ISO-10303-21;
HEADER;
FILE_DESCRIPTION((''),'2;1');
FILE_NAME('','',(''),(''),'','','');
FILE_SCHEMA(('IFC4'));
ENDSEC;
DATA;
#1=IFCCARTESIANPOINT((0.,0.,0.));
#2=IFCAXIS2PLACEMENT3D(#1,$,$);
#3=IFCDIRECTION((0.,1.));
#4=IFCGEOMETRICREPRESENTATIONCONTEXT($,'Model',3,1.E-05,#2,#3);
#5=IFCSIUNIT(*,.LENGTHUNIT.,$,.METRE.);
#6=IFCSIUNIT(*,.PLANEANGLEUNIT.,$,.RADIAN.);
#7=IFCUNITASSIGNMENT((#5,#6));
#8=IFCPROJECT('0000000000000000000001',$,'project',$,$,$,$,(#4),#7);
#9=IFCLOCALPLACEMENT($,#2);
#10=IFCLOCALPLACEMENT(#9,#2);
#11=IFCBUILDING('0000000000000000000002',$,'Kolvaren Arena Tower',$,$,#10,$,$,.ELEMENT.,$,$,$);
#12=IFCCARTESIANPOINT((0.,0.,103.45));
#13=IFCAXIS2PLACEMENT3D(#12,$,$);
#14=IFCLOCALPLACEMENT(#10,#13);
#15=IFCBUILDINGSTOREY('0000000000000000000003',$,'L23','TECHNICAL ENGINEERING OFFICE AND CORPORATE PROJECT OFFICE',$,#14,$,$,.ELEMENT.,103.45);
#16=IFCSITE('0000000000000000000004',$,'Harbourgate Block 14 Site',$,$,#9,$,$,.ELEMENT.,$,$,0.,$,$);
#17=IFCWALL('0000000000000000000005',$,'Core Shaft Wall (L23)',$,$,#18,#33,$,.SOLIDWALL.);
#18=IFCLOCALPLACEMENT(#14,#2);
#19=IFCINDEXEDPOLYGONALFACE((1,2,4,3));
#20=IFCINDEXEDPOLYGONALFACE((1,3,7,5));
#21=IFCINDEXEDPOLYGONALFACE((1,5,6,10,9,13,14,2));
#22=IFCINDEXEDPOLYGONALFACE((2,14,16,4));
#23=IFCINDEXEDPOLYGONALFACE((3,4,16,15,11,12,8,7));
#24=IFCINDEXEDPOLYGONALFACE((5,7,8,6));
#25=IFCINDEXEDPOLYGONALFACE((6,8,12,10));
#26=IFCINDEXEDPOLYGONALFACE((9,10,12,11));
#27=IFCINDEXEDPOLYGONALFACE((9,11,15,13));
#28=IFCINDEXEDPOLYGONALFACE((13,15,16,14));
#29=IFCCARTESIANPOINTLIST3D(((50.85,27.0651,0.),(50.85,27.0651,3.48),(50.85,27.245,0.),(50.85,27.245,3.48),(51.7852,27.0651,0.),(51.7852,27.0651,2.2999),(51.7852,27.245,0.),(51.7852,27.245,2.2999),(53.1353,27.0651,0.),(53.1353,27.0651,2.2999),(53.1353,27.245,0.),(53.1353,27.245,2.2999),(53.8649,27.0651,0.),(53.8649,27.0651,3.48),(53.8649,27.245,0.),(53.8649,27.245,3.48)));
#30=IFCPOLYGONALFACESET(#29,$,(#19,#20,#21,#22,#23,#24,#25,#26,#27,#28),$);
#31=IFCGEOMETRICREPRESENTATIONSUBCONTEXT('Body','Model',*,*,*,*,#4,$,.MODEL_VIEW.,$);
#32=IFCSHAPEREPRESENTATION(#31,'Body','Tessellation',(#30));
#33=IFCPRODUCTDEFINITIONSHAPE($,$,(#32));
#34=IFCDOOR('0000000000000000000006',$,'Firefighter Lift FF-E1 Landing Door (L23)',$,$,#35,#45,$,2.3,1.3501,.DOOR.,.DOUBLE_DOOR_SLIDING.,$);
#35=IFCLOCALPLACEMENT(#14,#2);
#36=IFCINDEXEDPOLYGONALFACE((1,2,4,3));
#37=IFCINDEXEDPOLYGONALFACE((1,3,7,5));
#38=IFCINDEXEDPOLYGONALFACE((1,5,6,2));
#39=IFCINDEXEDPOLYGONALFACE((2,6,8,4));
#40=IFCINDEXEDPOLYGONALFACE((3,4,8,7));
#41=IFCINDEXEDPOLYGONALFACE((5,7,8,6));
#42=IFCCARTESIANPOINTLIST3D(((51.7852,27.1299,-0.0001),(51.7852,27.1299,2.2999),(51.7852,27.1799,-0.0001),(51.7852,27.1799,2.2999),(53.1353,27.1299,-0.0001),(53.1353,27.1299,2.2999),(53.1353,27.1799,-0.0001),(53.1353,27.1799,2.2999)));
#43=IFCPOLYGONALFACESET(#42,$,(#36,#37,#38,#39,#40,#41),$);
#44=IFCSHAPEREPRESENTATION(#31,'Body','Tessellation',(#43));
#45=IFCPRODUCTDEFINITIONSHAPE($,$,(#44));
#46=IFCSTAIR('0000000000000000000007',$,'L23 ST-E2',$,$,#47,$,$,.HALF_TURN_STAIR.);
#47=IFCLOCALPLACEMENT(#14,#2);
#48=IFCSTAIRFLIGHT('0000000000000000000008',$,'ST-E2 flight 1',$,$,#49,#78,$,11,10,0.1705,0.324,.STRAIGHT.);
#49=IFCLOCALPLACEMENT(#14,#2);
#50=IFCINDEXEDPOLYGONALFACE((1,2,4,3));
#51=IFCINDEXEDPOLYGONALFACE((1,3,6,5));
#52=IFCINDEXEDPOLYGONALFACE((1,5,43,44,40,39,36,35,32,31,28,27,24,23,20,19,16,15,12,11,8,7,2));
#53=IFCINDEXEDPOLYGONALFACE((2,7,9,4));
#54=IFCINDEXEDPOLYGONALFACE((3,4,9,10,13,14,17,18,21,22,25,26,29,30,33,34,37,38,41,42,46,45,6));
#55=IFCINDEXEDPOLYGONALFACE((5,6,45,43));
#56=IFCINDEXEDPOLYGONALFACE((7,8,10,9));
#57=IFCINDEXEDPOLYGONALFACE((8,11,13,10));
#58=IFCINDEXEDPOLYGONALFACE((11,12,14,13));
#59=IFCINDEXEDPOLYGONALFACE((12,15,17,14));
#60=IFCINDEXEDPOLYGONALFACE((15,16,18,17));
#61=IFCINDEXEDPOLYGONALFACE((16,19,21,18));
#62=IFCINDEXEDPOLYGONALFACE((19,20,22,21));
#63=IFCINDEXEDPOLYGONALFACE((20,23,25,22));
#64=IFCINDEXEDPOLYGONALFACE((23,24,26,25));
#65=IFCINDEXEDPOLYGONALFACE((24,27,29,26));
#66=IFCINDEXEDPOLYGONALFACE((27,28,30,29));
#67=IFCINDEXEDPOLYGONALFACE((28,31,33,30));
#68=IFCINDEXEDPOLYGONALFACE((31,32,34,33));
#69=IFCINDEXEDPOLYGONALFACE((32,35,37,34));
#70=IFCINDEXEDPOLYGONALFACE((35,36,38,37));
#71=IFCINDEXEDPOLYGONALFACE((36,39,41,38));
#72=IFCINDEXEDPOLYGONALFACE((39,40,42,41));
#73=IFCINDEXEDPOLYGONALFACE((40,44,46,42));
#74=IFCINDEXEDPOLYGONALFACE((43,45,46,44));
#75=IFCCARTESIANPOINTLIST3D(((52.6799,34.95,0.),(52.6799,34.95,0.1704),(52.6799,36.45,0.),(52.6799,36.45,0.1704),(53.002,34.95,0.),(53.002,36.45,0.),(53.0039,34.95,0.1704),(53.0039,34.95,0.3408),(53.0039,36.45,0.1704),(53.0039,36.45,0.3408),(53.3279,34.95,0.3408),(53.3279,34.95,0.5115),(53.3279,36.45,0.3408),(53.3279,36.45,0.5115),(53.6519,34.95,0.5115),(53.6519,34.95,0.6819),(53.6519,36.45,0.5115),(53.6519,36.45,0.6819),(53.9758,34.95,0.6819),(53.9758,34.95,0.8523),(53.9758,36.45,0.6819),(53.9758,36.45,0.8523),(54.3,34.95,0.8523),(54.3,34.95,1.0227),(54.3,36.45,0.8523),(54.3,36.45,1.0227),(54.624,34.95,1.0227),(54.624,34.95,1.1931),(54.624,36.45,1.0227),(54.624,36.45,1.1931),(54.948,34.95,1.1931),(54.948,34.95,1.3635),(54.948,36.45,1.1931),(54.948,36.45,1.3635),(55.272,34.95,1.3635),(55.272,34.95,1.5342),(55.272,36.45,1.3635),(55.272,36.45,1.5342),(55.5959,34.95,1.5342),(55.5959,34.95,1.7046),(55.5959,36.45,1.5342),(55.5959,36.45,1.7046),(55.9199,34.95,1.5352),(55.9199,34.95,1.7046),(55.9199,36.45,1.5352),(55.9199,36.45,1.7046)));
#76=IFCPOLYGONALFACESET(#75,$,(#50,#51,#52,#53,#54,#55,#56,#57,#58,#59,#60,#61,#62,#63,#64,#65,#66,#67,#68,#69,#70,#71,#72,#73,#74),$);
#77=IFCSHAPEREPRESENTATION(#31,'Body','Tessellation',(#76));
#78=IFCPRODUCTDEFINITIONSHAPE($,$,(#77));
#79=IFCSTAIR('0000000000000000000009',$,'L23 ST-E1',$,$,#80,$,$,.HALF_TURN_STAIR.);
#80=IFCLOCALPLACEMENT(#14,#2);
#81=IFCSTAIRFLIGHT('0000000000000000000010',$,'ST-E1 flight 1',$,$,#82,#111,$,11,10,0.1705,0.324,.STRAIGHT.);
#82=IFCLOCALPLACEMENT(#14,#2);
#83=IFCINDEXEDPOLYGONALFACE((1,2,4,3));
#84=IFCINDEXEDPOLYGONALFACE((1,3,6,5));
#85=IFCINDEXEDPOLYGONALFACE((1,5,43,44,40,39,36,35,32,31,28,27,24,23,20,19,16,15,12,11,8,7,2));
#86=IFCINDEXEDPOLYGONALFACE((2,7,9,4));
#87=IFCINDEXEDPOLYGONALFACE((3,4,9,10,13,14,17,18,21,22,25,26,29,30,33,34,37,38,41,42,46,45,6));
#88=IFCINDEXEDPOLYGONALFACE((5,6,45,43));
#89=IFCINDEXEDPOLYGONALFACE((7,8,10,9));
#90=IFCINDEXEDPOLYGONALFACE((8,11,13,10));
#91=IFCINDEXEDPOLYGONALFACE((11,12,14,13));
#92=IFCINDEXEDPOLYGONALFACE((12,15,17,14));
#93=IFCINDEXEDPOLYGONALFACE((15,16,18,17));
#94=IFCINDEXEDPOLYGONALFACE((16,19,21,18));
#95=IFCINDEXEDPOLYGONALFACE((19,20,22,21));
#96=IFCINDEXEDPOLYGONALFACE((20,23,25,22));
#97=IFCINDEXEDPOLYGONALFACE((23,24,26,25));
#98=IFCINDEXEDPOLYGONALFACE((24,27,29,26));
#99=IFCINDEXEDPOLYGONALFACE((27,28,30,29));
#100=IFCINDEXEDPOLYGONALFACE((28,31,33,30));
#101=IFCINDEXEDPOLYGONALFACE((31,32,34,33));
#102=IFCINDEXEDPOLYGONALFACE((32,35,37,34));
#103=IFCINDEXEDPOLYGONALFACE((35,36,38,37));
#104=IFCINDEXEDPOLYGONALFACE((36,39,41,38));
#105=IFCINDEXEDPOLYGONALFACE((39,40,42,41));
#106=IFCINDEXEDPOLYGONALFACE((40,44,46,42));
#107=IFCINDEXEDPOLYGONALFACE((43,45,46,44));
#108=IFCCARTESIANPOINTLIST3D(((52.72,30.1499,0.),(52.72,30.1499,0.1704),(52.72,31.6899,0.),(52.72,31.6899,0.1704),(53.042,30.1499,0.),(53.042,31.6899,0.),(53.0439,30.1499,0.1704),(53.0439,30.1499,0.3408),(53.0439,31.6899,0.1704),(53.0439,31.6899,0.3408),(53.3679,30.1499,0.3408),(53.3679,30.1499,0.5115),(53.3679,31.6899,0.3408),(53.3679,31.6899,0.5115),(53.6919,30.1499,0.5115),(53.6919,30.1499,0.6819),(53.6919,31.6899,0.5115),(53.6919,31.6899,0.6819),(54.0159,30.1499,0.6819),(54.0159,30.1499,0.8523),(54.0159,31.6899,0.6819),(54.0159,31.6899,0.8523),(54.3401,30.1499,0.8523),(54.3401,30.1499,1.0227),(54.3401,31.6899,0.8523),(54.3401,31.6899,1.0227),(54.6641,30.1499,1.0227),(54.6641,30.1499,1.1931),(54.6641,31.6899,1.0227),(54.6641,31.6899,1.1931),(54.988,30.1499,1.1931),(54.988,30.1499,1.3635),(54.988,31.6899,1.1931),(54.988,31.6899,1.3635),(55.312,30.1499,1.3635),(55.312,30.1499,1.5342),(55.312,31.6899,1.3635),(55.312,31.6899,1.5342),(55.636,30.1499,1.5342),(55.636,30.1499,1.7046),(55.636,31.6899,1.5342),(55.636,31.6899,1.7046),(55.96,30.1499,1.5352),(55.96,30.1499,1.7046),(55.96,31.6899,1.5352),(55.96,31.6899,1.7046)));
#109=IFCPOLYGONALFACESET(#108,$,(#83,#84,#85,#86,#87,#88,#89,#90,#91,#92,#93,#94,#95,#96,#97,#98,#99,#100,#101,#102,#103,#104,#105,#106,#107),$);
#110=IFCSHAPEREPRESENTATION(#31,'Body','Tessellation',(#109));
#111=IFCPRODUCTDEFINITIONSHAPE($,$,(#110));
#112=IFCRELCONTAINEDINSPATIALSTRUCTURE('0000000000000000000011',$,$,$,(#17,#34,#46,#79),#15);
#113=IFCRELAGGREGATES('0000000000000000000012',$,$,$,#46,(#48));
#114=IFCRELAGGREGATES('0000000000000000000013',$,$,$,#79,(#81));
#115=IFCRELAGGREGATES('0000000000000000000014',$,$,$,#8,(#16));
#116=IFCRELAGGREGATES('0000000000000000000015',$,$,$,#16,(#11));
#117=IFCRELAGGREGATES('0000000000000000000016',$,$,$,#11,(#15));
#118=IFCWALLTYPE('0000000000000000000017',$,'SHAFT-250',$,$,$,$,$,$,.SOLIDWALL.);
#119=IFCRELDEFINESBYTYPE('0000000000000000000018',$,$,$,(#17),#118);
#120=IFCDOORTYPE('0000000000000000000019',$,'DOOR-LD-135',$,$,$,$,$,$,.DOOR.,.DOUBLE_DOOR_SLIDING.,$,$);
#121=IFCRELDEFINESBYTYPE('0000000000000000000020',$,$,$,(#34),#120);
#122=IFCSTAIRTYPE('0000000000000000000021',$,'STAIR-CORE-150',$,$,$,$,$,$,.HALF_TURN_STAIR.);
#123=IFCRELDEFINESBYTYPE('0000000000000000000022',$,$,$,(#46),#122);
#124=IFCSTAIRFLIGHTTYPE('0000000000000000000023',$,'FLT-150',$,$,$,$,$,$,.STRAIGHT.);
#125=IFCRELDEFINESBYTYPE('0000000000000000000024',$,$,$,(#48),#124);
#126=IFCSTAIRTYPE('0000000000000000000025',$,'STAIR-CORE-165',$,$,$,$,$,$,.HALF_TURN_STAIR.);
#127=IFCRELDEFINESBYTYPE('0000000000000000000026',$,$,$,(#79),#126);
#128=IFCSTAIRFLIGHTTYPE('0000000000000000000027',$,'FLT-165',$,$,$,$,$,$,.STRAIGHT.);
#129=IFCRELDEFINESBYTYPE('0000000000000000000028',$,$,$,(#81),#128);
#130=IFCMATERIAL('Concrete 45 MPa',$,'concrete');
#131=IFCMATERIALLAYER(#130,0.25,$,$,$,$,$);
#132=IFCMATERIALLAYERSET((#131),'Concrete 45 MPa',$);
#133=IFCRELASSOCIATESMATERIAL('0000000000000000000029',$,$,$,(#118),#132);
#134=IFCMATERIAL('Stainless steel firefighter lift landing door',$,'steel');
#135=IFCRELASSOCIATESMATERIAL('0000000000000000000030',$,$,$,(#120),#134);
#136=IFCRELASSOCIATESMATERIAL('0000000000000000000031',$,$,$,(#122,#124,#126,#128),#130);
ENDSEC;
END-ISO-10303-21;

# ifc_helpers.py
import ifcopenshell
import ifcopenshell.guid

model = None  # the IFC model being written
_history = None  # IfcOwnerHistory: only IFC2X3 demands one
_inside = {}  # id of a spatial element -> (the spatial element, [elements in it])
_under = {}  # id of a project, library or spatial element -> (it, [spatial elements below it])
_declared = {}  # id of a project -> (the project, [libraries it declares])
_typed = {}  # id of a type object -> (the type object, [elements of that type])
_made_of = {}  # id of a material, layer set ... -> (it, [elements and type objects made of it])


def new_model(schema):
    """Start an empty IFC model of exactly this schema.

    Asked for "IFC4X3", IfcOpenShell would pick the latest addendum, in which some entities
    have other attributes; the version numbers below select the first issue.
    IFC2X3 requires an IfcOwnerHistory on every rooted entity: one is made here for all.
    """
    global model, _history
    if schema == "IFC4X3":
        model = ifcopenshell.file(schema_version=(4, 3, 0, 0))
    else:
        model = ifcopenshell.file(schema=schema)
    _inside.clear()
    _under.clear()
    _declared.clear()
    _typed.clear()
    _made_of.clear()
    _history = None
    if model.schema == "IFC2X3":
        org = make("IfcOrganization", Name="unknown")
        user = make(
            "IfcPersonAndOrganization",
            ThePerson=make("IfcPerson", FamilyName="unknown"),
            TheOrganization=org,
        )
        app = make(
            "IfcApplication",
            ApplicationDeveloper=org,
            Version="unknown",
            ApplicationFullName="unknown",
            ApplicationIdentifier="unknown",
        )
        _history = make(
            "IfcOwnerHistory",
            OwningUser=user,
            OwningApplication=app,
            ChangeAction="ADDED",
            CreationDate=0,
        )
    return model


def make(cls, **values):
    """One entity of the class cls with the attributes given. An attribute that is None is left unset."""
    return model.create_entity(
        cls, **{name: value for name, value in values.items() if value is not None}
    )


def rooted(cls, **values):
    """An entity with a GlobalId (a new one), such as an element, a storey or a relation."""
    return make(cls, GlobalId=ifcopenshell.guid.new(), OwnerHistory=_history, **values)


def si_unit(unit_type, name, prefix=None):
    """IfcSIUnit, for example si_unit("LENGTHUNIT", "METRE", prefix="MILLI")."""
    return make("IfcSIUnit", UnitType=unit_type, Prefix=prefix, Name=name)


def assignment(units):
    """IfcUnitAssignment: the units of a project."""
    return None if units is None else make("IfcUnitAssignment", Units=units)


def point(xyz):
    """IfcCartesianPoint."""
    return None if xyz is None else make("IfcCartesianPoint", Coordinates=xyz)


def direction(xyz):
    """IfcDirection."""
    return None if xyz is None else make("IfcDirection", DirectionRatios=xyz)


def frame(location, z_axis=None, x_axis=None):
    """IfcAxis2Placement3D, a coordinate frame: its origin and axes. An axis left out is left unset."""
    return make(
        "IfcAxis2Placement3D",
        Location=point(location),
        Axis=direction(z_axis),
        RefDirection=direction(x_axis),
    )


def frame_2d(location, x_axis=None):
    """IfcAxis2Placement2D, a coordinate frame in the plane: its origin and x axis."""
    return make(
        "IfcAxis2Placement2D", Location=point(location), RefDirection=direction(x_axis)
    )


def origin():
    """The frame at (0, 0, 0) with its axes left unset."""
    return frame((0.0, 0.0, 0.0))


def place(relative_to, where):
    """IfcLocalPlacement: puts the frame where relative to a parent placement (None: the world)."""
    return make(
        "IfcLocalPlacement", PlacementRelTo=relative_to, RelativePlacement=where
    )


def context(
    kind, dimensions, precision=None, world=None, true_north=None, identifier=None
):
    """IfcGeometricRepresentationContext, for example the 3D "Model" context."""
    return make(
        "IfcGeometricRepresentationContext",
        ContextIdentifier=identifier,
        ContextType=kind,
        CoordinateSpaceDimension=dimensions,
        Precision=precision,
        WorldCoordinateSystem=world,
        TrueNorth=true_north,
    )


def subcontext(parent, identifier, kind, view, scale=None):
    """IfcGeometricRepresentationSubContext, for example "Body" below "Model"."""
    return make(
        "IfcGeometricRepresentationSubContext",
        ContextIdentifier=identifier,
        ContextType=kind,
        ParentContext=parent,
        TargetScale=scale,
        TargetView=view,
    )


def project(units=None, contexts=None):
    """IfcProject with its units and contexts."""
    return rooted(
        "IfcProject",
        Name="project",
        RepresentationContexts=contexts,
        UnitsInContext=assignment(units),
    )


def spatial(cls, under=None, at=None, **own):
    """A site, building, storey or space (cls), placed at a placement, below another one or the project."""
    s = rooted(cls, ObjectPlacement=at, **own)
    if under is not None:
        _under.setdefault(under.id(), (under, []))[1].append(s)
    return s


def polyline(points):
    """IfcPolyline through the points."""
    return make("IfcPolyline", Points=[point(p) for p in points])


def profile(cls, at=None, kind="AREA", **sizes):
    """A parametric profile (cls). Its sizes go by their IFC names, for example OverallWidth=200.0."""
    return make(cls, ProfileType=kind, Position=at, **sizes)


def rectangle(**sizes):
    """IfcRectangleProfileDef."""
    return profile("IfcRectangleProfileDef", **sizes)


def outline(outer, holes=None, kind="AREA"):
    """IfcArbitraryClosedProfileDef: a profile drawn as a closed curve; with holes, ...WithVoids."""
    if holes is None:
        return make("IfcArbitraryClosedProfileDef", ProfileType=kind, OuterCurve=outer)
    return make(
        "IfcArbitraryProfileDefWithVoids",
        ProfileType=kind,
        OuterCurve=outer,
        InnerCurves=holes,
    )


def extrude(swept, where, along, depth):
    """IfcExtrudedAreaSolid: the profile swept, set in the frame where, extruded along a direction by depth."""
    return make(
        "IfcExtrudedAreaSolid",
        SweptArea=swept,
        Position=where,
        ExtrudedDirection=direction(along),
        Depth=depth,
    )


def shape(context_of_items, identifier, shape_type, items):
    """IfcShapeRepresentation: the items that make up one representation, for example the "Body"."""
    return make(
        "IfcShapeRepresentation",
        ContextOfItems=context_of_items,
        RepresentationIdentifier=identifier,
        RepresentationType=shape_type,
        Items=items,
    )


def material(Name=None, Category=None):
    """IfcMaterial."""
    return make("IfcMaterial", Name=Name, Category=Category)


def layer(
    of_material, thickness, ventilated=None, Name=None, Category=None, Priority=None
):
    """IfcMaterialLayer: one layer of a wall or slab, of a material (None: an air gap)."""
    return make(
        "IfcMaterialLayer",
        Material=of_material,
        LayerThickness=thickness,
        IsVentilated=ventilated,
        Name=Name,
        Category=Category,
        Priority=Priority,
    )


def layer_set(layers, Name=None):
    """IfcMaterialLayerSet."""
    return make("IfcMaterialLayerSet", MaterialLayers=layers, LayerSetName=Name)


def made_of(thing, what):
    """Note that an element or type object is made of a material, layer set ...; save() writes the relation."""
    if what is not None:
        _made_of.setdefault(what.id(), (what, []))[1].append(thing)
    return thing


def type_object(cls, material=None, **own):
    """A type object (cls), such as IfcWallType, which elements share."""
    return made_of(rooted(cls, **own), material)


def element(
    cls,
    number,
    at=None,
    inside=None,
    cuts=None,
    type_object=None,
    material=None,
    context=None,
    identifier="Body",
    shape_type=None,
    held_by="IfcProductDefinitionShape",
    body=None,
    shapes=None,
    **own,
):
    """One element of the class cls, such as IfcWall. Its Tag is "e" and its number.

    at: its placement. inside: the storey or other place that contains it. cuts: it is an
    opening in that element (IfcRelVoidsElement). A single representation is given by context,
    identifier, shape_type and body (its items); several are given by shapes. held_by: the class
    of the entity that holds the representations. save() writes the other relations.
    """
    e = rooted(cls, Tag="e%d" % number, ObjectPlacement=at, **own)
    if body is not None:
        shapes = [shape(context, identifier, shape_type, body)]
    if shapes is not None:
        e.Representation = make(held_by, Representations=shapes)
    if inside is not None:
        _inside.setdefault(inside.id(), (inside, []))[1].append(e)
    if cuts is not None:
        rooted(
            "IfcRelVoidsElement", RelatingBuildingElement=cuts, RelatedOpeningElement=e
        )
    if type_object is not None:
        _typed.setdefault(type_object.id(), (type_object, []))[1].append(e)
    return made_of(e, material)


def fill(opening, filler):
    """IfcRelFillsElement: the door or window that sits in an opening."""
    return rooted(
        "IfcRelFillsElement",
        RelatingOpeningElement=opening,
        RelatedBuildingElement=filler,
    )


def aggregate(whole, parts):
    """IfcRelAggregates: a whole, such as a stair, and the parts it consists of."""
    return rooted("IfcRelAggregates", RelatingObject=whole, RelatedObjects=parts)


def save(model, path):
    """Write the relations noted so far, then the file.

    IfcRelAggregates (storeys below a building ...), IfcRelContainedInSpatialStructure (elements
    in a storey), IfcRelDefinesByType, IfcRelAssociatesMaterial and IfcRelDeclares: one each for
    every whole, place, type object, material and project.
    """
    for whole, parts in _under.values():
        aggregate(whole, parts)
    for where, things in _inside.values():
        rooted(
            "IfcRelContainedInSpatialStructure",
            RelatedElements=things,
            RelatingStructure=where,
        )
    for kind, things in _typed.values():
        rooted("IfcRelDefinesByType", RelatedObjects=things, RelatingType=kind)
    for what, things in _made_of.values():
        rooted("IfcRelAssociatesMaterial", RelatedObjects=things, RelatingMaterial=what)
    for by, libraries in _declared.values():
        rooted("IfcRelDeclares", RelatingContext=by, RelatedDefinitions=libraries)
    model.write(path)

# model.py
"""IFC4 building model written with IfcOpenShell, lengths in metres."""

from ifc_helpers import new_model, si_unit, direction, frame, frame_2d, origin, place, context, subcontext, project, spatial, polyline, rectangle, outline, extrude, material, layer, layer_set, type_object, element, fill, aggregate, save


model = new_model("IFC4")

# Units and contexts
model_context = context("Model", 3, precision=1e-05, world=origin(), true_north=direction((0.0, 1.0)))
body_context = subcontext(model_context, "Body", "Model", "MODEL_VIEW")
ifc_project = project(units=[si_unit("LENGTHUNIT", "METRE"), si_unit("PLANEANGLEUNIT", "RADIAN")], contexts=[model_context])

# Site, building, storey
site_placement = place(None, origin())
site = spatial("IfcSite", under=ifc_project, at=site_placement, Name="Harbourgate Block 14 Site", CompositionType="ELEMENT", RefElevation=0.0)
building_placement = place(site_placement, origin())
building = spatial("IfcBuilding", under=site, at=building_placement, Name="Kolvaren Arena Tower", CompositionType="ELEMENT")
storey_placement = place(building_placement, frame((0.0, 0.0, 103.45)))
storey = spatial("IfcBuildingStorey", under=building, at=storey_placement, Name="L23", Description="TECHNICAL ENGINEERING OFFICE AND CORPORATE PROJECT OFFICE", CompositionType="ELEMENT", Elevation=103.45)

# Shared definitions
ifc_material_1 = material(Name="Concrete 45 MPa", Category="concrete")
ifc_layer_1 = layer(ifc_material_1, 0.25)
ifc_layer_set_1 = layer_set([ifc_layer_1], Name="Concrete 45 MPa")
wall_type_1 = type_object("IfcWallType", Name="SHAFT-250", PredefinedType="SOLIDWALL", material=ifc_layer_set_1)

# Wall, opening, door
wall_1_placement = place(storey_placement, frame((50.8501, 27.155, 0.0), z_axis=(0.0, 0.0, 1.0), x_axis=(1.0, 0.0, 0.0)))
wall_1 = element("IfcWall", 1, at=wall_1_placement, inside=storey, type_object=wall_type_1, Name="Core Shaft Wall (L23)", PredefinedType="SOLIDWALL", context=body_context, shape_type="SweptSolid", body=[
    extrude(rectangle(XDim=3.0149, YDim=0.1799, at=frame_2d((1.5073, 0.0))), origin(), (0.0, 0.0, 1.0), 3.48),
])
opening_placement = place(wall_1_placement, frame((0.9351, 0.0, 0.0)))
opening = element("IfcOpeningElement", 2, at=opening_placement, cuts=wall_1, PredefinedType="OPENING", context=body_context, shape_type="SweptSolid", body=[
    extrude(rectangle(XDim=1.3501, YDim=2.3, at=frame_2d((0.675, 1.1499))), frame((0.0, 0.0999, 0.0), z_axis=(0.0, -1.0, 0.0), x_axis=(1.0, 0.0, 0.0)), (0.0, 0.0, 1.0), 0.2),
])
ifc_material_2 = material(Name="Stainless steel firefighter lift landing door", Category="steel")
door_type = type_object("IfcDoorType", Name="DOOR-LD-135", OperationType="DOUBLE_DOOR_SLIDING", PredefinedType="DOOR", material=ifc_material_2)
door_placement = place(opening_placement, origin())
door = element("IfcDoor", 3, at=door_placement, inside=storey, type_object=door_type, Name="Firefighter Lift FF-E1 Landing Door (L23)", OperationType="DOUBLE_DOOR_SLIDING", OverallHeight=2.3, OverallWidth=1.3501, PredefinedType="DOOR", context=body_context, shape_type="SweptSolid", body=[
    extrude(rectangle(XDim=1.3501, YDim=2.3, at=frame_2d((0.675, 1.1499))), frame((0.0, 0.0249, 0.0), z_axis=(0.0, -1.0, 0.0), x_axis=(1.0, 0.0, 0.0)), (0.0, 0.0, 1.0), 0.05),
])
fill(opening, door)

# Stairs, stair flights
stair_type_1 = type_object("IfcStairType", Name="STAIR-CORE-150", PredefinedType="HALF_TURN_STAIR", material=ifc_material_1)
stair_1_placement = place(storey_placement, origin())
stair_1 = element("IfcStair", 4, at=stair_1_placement, inside=storey, type_object=stair_type_1, Name="L23 ST-E2", PredefinedType="HALF_TURN_STAIR")
stair_flight_type_1 = type_object("IfcStairFlightType", Name="FLT-150", PredefinedType="STRAIGHT", material=ifc_material_1)
stair_flight_1_placement = place(storey_placement, frame((52.6799, 35.7, 0.0), z_axis=(0.0, 0.0, 1.0), x_axis=(1.0, 0.0, 0.0)))
stair_flight_1 = element("IfcStairFlight", 5, at=stair_flight_1_placement, type_object=stair_flight_type_1, Name="ST-E2 flight 1", NumberOfRisers=11, NumberOfTreads=10, PredefinedType="STRAIGHT", RiserHeight=0.1705, TreadLength=0.324, context=body_context, shape_type="SweptSolid", body=[
    extrude(outline(polyline([(0.0, 0.0), (0.0, 0.1704), (0.324, 0.1704), (0.324, 0.3408), (0.6479, 0.3408), (0.6479, 0.5115), (0.9719, 0.5115), (0.9719, 0.6819), (1.2959, 0.6819), (1.2959, 0.8523), (1.6201, 0.8523), (1.6201, 1.0227), (1.9441, 1.0227), (1.9441, 1.1931), (2.2681, 1.1931), (2.2681, 1.3635), (2.592, 1.3635), (2.592, 1.5342), (2.916, 1.5342), (2.916, 1.7046), (3.24, 1.7046), (3.24, 1.875), (3.24, 1.5352), (0.322, 0.0), (0.0, 0.0)])), frame((0.0, 0.75, 0.0), z_axis=(0.0, -1.0, 0.0), x_axis=(1.0, 0.0, 0.0)), (0.0, 0.0, 1.0), 1.5),
])
aggregate(stair_1, [stair_flight_1])
stair_type_2 = type_object("IfcStairType", Name="STAIR-CORE-165", PredefinedType="HALF_TURN_STAIR", material=ifc_material_1)
stair_2_placement = place(storey_placement, origin())
stair_2 = element("IfcStair", 6, at=stair_2_placement, inside=storey, type_object=stair_type_2, Name="L23 ST-E1", PredefinedType="HALF_TURN_STAIR")
stair_flight_type_2 = type_object("IfcStairFlightType", Name="FLT-165", PredefinedType="STRAIGHT", material=ifc_material_1)
stair_flight_2_placement = place(storey_placement, frame((52.72, 30.9199, 0.0), z_axis=(0.0, 0.0, 1.0), x_axis=(1.0, 0.0, 0.0)))
stair_flight_2 = element("IfcStairFlight", 7, at=stair_flight_2_placement, type_object=stair_flight_type_2, Name="ST-E1 flight 1", NumberOfRisers=11, NumberOfTreads=10, PredefinedType="STRAIGHT", RiserHeight=0.1705, TreadLength=0.324, context=body_context, shape_type="SweptSolid", body=[
    extrude(outline(polyline([(0.0, 0.0), (0.0, 0.1704), (0.324, 0.1704), (0.324, 0.3408), (0.6479, 0.3408), (0.6479, 0.5115), (0.9719, 0.5115), (0.9719, 0.6819), (1.2959, 0.6819), (1.2959, 0.8523), (1.6201, 0.8523), (1.6201, 1.0227), (1.9441, 1.0227), (1.9441, 1.1931), (2.2681, 1.1931), (2.2681, 1.3635), (2.592, 1.3635), (2.592, 1.5342), (2.916, 1.5342), (2.916, 1.7046), (3.24, 1.7046), (3.24, 1.875), (3.24, 1.5352), (0.322, 0.0), (0.0, 0.0)])), frame((0.0, 0.77, 0.0), z_axis=(0.0, -1.0, 0.0), x_axis=(1.0, 0.0, 0.0)), (0.0, 0.0, 1.0), 1.54),
])
aggregate(stair_2, [stair_flight_2])

save(model, "model.ifc")
